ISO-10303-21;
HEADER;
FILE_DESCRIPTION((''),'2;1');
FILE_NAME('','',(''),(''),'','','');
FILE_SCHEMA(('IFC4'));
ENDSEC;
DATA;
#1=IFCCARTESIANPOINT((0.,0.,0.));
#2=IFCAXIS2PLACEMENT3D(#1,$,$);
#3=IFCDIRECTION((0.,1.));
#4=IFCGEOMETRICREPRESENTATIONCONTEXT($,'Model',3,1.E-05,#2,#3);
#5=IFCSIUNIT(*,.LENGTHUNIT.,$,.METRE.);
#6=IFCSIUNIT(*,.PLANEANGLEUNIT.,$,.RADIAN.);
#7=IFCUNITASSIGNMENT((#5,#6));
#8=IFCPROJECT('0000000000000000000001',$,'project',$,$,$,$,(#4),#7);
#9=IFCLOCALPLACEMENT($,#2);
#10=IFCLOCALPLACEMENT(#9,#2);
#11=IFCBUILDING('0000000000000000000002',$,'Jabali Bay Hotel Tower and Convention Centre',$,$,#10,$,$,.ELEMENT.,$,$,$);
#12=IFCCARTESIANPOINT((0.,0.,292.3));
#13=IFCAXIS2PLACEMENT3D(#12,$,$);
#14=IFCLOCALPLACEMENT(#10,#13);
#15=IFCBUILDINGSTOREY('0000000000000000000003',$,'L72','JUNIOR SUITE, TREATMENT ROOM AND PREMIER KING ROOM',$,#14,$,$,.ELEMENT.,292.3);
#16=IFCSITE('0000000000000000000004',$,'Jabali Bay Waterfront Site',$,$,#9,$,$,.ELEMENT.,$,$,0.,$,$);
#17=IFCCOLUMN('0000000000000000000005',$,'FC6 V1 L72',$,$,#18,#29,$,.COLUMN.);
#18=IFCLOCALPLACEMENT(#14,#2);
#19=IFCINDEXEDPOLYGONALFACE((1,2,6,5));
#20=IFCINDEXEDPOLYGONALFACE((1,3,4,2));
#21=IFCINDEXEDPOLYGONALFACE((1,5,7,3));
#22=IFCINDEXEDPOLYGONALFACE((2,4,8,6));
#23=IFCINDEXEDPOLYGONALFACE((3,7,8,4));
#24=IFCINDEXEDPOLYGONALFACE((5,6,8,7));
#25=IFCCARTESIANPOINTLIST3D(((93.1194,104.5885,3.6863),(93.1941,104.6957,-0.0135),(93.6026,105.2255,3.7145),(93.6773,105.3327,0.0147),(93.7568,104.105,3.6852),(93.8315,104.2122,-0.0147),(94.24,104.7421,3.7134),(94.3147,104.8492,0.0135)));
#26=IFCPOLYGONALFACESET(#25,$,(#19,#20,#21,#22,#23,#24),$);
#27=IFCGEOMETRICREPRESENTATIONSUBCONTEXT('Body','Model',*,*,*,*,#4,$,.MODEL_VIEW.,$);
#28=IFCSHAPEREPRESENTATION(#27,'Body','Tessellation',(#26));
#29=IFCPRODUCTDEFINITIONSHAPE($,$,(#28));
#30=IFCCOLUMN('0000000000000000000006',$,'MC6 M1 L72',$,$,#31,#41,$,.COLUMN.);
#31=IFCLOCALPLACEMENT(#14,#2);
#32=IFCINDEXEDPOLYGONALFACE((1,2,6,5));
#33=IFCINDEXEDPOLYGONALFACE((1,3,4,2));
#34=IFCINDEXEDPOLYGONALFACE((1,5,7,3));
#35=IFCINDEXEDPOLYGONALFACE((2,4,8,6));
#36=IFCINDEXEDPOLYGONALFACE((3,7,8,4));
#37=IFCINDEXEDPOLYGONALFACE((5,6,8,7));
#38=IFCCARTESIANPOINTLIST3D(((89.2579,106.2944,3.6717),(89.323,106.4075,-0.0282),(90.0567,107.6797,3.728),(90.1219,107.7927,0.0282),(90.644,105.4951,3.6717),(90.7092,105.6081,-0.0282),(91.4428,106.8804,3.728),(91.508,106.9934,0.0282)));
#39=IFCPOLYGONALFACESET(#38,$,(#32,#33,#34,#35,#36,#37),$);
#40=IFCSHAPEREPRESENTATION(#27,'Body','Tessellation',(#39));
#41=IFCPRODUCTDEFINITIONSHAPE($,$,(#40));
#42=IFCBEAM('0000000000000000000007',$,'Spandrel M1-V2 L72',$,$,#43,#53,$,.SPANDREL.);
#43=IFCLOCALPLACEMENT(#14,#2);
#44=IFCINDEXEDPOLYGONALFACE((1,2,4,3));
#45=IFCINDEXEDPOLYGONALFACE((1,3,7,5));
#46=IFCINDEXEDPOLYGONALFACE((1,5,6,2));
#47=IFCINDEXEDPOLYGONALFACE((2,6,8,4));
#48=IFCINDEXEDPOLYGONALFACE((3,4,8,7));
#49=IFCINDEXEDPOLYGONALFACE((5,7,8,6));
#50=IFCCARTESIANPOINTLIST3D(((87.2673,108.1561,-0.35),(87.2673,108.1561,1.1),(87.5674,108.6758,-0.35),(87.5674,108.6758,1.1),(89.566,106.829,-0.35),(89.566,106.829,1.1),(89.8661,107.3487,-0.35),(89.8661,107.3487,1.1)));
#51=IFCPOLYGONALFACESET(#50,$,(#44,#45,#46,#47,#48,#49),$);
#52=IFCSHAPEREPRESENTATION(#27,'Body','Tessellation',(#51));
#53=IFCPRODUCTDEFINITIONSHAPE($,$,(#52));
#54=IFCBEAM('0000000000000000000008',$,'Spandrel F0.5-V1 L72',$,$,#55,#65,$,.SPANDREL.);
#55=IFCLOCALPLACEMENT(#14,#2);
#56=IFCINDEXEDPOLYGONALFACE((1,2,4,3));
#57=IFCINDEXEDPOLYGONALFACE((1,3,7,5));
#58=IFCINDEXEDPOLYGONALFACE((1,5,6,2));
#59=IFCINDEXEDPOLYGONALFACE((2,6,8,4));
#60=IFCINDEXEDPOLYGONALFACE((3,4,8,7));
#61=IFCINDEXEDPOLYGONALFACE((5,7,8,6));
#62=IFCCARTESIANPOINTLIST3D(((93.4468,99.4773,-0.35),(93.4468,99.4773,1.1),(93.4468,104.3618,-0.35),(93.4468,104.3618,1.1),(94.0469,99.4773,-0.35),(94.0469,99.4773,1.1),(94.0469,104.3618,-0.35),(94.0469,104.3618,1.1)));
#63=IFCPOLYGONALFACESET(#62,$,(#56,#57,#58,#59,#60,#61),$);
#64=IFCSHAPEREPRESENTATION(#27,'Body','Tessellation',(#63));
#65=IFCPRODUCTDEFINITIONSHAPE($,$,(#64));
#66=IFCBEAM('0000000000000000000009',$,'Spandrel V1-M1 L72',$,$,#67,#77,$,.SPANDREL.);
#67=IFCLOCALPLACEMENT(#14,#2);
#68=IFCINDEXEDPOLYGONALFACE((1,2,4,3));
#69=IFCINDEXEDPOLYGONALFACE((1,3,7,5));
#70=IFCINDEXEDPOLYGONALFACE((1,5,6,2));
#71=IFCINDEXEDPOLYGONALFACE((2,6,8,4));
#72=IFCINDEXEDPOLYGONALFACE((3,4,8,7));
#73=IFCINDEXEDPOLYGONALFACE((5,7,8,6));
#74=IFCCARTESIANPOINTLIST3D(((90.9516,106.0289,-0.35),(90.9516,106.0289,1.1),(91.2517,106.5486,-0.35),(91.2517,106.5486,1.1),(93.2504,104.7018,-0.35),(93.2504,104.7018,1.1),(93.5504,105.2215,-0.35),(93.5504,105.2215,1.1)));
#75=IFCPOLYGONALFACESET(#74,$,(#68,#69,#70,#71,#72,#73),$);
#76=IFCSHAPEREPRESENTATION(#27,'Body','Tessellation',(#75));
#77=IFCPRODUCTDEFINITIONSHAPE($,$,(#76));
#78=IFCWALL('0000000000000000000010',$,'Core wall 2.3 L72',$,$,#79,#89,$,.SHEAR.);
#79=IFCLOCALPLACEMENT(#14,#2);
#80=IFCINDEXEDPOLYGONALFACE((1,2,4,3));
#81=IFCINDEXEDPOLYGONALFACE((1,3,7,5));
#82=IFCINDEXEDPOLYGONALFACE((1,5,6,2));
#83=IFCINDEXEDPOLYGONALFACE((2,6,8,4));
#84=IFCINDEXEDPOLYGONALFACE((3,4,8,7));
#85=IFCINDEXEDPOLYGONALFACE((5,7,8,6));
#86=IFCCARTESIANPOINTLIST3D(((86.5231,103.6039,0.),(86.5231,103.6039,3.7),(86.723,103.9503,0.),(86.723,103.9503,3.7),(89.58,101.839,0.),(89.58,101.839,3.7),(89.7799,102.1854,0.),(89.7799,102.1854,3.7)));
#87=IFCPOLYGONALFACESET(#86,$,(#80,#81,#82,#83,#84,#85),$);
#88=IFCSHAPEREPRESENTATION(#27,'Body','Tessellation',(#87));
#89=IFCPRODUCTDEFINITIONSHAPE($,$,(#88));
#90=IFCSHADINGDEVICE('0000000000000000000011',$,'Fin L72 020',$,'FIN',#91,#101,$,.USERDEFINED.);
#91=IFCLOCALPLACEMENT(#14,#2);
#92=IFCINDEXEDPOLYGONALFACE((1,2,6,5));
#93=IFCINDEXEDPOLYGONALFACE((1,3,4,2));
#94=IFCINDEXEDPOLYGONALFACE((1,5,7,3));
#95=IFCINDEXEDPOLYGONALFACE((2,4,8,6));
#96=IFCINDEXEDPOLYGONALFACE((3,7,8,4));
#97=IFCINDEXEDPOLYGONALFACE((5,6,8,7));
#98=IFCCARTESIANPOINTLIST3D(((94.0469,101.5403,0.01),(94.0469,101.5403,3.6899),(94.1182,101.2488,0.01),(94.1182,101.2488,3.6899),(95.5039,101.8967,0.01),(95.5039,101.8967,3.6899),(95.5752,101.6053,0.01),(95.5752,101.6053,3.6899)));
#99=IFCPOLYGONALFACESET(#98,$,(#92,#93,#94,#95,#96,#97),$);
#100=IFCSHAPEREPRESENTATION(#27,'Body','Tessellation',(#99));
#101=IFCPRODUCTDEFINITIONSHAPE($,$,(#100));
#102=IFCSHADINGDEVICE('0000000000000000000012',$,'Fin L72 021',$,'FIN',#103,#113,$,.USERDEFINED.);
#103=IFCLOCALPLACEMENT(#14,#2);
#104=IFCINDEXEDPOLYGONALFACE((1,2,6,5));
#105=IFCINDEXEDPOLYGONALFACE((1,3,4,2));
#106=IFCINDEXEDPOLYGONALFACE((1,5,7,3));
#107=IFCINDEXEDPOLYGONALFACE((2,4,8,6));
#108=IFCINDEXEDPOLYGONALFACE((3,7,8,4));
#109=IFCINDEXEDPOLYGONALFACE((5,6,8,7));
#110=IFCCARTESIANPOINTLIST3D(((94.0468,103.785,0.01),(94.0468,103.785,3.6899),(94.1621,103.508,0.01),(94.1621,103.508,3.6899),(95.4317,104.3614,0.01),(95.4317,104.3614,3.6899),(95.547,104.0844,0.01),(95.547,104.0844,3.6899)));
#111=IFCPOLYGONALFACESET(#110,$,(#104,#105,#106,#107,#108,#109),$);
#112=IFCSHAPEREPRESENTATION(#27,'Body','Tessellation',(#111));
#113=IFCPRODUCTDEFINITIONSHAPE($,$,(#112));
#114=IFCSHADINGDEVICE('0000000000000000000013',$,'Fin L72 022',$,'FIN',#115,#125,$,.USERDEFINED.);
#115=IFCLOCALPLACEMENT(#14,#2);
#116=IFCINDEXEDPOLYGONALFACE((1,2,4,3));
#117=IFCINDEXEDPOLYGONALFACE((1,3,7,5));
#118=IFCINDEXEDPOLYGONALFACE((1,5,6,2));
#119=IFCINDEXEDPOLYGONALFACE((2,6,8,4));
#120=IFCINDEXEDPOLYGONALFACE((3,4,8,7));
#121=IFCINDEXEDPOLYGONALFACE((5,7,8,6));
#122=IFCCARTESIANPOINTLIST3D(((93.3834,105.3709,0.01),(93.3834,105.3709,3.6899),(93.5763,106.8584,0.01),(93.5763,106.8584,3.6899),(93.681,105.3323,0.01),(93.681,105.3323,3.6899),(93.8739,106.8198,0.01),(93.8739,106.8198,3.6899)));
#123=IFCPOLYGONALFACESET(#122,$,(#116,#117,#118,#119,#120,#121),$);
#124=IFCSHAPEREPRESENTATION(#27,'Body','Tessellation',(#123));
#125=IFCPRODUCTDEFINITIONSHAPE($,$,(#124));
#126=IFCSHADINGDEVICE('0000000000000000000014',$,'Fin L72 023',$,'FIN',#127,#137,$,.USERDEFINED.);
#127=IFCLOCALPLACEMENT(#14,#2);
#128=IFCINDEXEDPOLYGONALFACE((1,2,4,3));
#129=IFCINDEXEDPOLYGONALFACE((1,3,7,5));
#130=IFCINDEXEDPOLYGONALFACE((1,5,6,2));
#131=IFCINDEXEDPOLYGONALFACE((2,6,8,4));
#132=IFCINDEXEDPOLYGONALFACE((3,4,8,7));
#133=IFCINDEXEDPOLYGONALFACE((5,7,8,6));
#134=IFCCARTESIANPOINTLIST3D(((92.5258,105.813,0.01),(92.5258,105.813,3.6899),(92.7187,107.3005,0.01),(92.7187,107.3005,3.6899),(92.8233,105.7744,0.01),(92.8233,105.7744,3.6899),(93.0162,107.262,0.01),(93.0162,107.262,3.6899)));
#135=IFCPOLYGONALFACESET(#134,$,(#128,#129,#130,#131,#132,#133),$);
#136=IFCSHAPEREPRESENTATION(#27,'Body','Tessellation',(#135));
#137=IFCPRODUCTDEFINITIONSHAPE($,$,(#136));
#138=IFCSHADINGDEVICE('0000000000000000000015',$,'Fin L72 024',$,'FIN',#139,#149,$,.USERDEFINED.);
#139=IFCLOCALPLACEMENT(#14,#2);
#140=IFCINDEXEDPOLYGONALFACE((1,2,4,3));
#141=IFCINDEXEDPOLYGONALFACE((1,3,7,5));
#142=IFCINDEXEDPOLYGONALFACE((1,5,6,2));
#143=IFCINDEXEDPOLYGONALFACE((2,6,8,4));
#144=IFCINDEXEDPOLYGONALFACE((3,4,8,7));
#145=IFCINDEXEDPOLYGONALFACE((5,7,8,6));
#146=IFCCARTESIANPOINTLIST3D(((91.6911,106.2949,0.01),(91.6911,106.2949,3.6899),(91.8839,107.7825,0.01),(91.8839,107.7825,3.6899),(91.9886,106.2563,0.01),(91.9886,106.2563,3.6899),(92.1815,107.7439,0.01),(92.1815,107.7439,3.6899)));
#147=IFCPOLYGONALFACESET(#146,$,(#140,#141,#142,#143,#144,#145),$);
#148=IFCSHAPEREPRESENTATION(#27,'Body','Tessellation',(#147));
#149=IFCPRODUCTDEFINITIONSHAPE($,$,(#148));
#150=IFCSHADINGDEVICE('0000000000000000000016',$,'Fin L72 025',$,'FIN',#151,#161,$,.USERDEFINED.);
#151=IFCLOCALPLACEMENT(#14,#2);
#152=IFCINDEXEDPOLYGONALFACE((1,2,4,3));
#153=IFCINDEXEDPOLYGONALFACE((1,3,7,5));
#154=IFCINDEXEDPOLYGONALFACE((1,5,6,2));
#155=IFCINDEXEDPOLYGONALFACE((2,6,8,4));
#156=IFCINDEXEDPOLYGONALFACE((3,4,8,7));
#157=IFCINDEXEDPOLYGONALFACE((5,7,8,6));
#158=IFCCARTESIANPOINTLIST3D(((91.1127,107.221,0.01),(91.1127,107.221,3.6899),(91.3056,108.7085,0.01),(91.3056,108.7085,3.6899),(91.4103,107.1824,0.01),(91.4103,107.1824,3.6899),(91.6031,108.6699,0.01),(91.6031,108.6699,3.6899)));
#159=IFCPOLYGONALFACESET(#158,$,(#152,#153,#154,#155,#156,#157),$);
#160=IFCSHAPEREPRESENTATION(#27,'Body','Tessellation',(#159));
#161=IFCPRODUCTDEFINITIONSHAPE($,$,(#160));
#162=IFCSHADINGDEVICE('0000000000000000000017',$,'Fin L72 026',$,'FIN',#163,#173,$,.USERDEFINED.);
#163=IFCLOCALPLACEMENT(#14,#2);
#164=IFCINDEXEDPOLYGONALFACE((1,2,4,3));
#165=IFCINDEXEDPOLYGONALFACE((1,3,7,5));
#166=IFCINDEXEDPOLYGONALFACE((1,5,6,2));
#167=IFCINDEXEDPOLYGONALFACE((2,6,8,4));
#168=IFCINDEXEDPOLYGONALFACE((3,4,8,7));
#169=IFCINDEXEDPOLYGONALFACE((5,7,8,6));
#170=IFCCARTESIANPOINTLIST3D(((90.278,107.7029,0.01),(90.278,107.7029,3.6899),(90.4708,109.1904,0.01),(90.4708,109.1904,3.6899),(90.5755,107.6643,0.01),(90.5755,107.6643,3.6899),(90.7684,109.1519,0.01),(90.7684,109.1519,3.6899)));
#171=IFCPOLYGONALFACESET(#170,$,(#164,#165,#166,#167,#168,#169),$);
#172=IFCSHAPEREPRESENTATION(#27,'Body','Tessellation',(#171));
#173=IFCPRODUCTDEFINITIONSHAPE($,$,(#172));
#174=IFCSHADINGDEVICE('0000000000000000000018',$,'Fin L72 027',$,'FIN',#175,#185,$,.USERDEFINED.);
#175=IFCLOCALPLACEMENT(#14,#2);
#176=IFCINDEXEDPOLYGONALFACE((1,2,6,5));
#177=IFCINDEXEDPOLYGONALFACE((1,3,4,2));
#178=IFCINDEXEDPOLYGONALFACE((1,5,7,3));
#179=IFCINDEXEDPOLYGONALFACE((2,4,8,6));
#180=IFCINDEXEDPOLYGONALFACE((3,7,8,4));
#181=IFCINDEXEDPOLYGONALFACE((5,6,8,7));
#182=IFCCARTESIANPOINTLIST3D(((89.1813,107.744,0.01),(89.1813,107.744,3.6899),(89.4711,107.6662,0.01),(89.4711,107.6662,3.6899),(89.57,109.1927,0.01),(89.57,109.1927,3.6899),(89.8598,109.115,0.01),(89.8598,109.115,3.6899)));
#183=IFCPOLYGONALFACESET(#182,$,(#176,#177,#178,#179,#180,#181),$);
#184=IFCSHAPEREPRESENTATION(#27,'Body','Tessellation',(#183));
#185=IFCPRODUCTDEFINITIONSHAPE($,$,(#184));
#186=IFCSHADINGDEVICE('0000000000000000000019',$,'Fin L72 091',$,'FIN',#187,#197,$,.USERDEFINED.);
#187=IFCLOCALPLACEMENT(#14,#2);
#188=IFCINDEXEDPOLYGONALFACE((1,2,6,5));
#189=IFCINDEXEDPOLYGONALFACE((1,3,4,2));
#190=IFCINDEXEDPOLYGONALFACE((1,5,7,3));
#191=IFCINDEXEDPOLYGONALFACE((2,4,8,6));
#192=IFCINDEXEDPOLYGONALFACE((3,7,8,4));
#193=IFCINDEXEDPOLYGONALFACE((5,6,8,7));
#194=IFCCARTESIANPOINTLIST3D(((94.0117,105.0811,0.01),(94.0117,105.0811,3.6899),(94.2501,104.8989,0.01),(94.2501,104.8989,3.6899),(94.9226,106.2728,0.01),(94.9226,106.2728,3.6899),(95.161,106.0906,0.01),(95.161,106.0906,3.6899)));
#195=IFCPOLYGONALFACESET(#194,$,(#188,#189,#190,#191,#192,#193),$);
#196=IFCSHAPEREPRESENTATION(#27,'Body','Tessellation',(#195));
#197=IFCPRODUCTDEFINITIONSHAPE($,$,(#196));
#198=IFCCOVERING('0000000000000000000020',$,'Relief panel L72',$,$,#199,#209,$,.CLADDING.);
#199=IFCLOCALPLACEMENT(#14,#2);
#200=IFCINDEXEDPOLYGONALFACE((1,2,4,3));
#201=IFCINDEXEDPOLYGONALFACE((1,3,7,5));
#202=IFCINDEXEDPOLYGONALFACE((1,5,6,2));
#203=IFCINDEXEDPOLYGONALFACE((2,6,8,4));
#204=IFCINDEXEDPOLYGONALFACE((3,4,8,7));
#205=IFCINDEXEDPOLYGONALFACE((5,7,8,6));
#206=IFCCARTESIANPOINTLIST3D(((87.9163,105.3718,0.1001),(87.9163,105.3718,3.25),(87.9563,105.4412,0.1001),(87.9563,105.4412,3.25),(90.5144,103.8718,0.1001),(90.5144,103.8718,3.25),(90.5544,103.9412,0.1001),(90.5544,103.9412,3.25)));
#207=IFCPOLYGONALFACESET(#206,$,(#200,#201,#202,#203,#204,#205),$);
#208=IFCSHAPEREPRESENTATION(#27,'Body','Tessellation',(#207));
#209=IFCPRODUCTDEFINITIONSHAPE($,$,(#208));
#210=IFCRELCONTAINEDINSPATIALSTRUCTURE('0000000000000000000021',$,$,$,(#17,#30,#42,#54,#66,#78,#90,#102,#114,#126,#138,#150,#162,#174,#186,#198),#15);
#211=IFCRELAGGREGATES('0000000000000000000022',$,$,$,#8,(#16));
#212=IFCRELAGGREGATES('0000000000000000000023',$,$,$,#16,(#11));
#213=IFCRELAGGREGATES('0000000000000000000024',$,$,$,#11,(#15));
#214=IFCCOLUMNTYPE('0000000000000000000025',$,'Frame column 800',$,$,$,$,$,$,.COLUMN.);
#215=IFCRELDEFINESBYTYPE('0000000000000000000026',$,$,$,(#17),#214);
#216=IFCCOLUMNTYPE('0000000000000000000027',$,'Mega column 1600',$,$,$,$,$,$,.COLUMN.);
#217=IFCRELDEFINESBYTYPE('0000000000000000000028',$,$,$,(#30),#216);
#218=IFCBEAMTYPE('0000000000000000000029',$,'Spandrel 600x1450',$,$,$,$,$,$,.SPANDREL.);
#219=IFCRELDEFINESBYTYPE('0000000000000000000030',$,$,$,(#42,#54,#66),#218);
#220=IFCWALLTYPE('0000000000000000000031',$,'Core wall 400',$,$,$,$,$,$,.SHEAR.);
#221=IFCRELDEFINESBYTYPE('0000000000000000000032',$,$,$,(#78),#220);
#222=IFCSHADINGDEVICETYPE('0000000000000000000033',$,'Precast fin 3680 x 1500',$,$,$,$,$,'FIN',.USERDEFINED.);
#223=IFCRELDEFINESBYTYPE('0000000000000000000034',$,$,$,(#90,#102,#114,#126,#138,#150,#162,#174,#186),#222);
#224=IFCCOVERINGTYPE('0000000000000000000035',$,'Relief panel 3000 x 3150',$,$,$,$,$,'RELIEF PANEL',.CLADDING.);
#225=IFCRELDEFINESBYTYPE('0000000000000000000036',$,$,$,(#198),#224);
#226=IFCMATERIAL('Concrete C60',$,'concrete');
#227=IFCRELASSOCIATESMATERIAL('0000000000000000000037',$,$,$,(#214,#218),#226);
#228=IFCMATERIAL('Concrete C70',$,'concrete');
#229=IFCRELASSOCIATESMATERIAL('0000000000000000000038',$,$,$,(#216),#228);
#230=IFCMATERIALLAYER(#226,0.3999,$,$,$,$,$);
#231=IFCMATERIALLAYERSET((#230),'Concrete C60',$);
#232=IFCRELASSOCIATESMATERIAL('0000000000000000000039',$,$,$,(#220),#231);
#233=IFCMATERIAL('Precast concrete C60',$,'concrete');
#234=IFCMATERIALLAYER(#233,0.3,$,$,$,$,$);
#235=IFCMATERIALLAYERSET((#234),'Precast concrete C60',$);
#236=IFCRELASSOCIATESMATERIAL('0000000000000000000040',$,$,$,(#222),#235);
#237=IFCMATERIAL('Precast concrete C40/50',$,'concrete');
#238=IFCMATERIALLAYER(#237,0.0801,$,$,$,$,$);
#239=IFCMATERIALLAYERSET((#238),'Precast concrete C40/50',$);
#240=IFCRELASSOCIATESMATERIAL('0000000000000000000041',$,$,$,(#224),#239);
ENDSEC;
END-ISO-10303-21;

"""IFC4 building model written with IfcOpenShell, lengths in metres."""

from ifc_helpers import new_model, si_unit, direction, frame, frame_2d, origin, origin_2d, place, context, subcontext, project, spatial, rectangle, extrude, material, layer, layer_set, material_profile, profile_set, type_object, element, save


model = new_model("IFC4")

# Units and contexts
model_context = context("Model", 3, precision=1e-05, world=origin(), true_north=direction((0.0, 1.0)))
body_context = subcontext(model_context, "Body", "Model", "MODEL_VIEW")
ifc_project = project(units=[si_unit("LENGTHUNIT", "METRE"), si_unit("PLANEANGLEUNIT", "RADIAN")], contexts=[model_context])

# Site, building, storey
site_placement = place(None, origin())
site = spatial("IfcSite", under=ifc_project, at=site_placement, Name="Jabali Bay Waterfront Site", CompositionType="ELEMENT", RefElevation=0.0)
building_placement = place(site_placement, origin())
building = spatial("IfcBuilding", under=site, at=building_placement, Name="Jabali Bay Hotel Tower and Convention Centre", CompositionType="ELEMENT")
storey_placement = place(building_placement, frame((0.0, 0.0, 292.3)))
storey = spatial("IfcBuildingStorey", under=building, at=storey_placement, Name="L72", Description="JUNIOR SUITE, TREATMENT ROOM AND PREMIER KING ROOM", CompositionType="ELEMENT", Elevation=292.3)

# Columns
ifc_material_1 = material(Name="Concrete C60", Category="concrete")
ifc_material_profile_1 = material_profile(ifc_material_1, rectangle(XDim=0.8, YDim=0.8, at=origin_2d()), Name="Frame column 800")
ifc_profile_set_1 = profile_set([ifc_material_profile_1], Name="Concrete C60")
column_type_1 = type_object("IfcColumnType", Name="Frame column 800", PredefinedType="COLUMN", material=ifc_profile_set_1)
column_1_placement = place(storey_placement, frame((93.7544, 104.7725, 0.0), z_axis=(-0.020179, -0.028949, 0.999377), x_axis=(0.603967, 0.796229, 0.03526)))
element("IfcColumn", 1, at=column_1_placement, inside=storey, type_object=column_type_1, Name="FC6 V1 L72", PredefinedType="COLUMN", context=body_context, shape_type="SweptSolid", body=[
    extrude(rectangle(XDim=0.8, YDim=0.8, at=origin_2d()), origin(), (0.0, 0.0, 1.0), 3.7021),
])
ifc_material_2 = material(Name="Concrete C70", Category="concrete")
ifc_material_profile_2 = material_profile(ifc_material_2, rectangle(XDim=1.6001, YDim=1.6001, at=origin_2d()), Name="Mega column 1600")
ifc_profile_set_2 = profile_set([ifc_material_profile_2], Name="Concrete C70")
column_type_2 = type_object("IfcColumnType", Name="Mega column 1600", PredefinedType="COLUMN", material=ifc_profile_set_2)
column_2_placement = place(storey_placement, frame((90.4155, 106.7004, 0.0), z_axis=(-0.017607, -0.030532, 0.999379), x_axis=(0.866282, -0.499555, 0.0)))
element("IfcColumn", 2, at=column_2_placement, inside=storey, type_object=column_type_2, Name="MC6 M1 L72", PredefinedType="COLUMN", context=body_context, shape_type="SweptSolid", body=[
    extrude(rectangle(XDim=1.6001, YDim=1.6001, at=origin_2d()), origin(), (0.0, 0.0, 1.0), 3.7021),
])

# Beams
ifc_material_profile_3 = material_profile(ifc_material_1, rectangle(XDim=0.6001, YDim=1.45, at=origin_2d()), Name="Spandrel 600x1450")
ifc_profile_set_3 = profile_set([ifc_material_profile_3], Name="Concrete C60")
beam_type = type_object("IfcBeamType", Name="Spandrel 600x1450", PredefinedType="SPANDREL", material=ifc_profile_set_3)
beam_1_placement = place(storey_placement, frame((89.7161, 107.0889, 0.375), z_axis=(-0.866039, 0.499977, 0.0), x_axis=(-0.499977, -0.866039, 0.0)))
element("IfcBeam", 3, at=beam_1_placement, inside=storey, type_object=beam_type, Name="Spandrel M1-V2 L72", PredefinedType="SPANDREL", context=body_context, shape_type="SweptSolid", body=[
    extrude(rectangle(XDim=0.6001, YDim=1.45, at=origin_2d()), origin(), (0.0, 0.0, 1.0), 2.6543),
])
beam_2_placement = place(storey_placement, frame((93.7468, 99.4773, 0.375), z_axis=(0.0, 1.0, 0.0), x_axis=(-1.0, 0.0, 0.0)))
element("IfcBeam", 4, at=beam_2_placement, inside=storey, type_object=beam_type, Name="Spandrel F0.5-V1 L72", PredefinedType="SPANDREL", context=body_context, shape_type="SweptSolid", body=[
    extrude(rectangle(XDim=0.6001, YDim=1.45, at=origin_2d()), origin(), (0.0, 0.0, 1.0), 4.8845),
])
beam_3_placement = place(storey_placement, frame((93.4004, 104.9617, 0.375), z_axis=(-0.866039, 0.499977, 0.0), x_axis=(-0.499977, -0.866039, 0.0)))
element("IfcBeam", 5, at=beam_3_placement, inside=storey, type_object=beam_type, Name="Spandrel V1-M1 L72", PredefinedType="SPANDREL", context=body_context, shape_type="SweptSolid", body=[
    extrude(rectangle(XDim=0.6001, YDim=1.45, at=origin_2d()), origin(), (0.0, 0.0, 1.0), 2.6543),
])

# Wall
ifc_layer_1 = layer(ifc_material_1, 0.3999)
ifc_layer_set_1 = layer_set([ifc_layer_1], Name="Concrete C60")
wall_type_1 = type_object("IfcWallType", Name="Core wall 400", PredefinedType="SHEAR", material=ifc_layer_set_1)
wall_1_placement = place(storey_placement, frame((89.6799, 102.0122, 0.0), z_axis=(0.0, 0.0, 1.0), x_axis=(-0.866025, 0.5, 0.0)))
element("IfcWall", 6, at=wall_1_placement, inside=storey, type_object=wall_type_1, Name="Core wall 2.3 L72", PredefinedType="SHEAR", context=body_context, shape_type="SweptSolid", body=[
    extrude(rectangle(XDim=3.5298, YDim=0.3999, at=frame_2d((1.7649, 0.0))), origin(), (0.0, 0.0, 1.0), 3.7),
])

# Shading devices
ifc_material_3 = material(Name="Precast concrete C60", Category="concrete")
ifc_layer_2 = layer(ifc_material_3, 0.3)
ifc_layer_set_2 = layer_set([ifc_layer_2], Name="Precast concrete C60")
shading_device_type = type_object("IfcShadingDeviceType", Name="Precast fin 3680 x 1500", ElementType="FIN", PredefinedType="USERDEFINED", material=ifc_layer_set_2)
for number, where, z_axis, x_axis, name in (
    (7, (94.0825, 101.3945, 0.01), (0.0, 0.0, 1.0), (0.971356, 0.237631, 0.0), "Fin L72 020"),
    (8, (94.1045, 103.6465, 0.01), (0.0, 0.0, 1.0), (0.923212, 0.384292, 0.0), "Fin L72 021"),
    (9, (93.5322, 105.3516, 0.01), (0.0, 0.0, 1.0), (0.128581, 0.991699, 0.0), "Fin L72 022"),
    (10, (92.6746, 105.7937, 0.01), (0.0, 0.0, 1.0), (0.128581, 0.991699, 0.0), "Fin L72 023"),
    (11, (91.8398, 106.2756, 0.01), (0.0, 0.0, 1.0), (0.128581, 0.991699, 0.0), "Fin L72 024"),
    (12, (91.2615, 107.2017, 0.01), (0.0, 0.0, 1.0), (0.128581, 0.991699, 0.0), "Fin L72 025"),
    (13, (90.4268, 107.6836, 0.01), (0.0, 0.0, 1.0), (0.128581, 0.991699, 0.0), "Fin L72 026"),
    (14, (89.3262, 107.7051, 0.01), (0.0, 0.0, 1.0), (0.259121, 0.965845, 0.0), "Fin L72 027"),
    (15, (94.1309, 104.99, 0.01), (0.0, 0.0, 1.0), (0.607293, 0.794478, 0.0), "Fin L72 091"),
):
    element("IfcShadingDevice", number, at=place(storey_placement, frame(where, z_axis=z_axis, x_axis=x_axis)), inside=storey, type_object=shading_device_type, Name=name, ObjectType="FIN", PredefinedType="USERDEFINED", context=body_context, shape_type="SweptSolid", body=[
        extrude(rectangle(XDim=1.5, YDim=0.3, at=frame_2d((0.75, 0.0))), origin(), (0.0, 0.0, 1.0), 3.6799),
    ])

# Covering
ifc_material_4 = material(Name="Precast concrete C40/50", Category="concrete")
ifc_layer_3 = layer(ifc_material_4, 0.0801)
ifc_layer_set_3 = layer_set([ifc_layer_3], Name="Precast concrete C40/50")
covering_type = type_object("IfcCoveringType", Name="Relief panel 3000 x 3150", ElementType="RELIEF PANEL", PredefinedType="CLADDING", material=ifc_layer_set_3)
covering_placement = place(storey_placement, frame((89.2354, 104.6565, 0.1001), z_axis=(0.0, 0.0, 1.0), x_axis=(0.866025, -0.5, 0.0)))
element("IfcCovering", 16, at=covering_placement, inside=storey, type_object=covering_type, Name="Relief panel L72", PredefinedType="CLADDING", context=body_context, shape_type="SweptSolid", body=[
    extrude(rectangle(XDim=3.0, YDim=0.0801, at=origin_2d()), origin(), (0.0, 0.0, 1.0), 3.1499),
])

save(model, "model.ifc")
